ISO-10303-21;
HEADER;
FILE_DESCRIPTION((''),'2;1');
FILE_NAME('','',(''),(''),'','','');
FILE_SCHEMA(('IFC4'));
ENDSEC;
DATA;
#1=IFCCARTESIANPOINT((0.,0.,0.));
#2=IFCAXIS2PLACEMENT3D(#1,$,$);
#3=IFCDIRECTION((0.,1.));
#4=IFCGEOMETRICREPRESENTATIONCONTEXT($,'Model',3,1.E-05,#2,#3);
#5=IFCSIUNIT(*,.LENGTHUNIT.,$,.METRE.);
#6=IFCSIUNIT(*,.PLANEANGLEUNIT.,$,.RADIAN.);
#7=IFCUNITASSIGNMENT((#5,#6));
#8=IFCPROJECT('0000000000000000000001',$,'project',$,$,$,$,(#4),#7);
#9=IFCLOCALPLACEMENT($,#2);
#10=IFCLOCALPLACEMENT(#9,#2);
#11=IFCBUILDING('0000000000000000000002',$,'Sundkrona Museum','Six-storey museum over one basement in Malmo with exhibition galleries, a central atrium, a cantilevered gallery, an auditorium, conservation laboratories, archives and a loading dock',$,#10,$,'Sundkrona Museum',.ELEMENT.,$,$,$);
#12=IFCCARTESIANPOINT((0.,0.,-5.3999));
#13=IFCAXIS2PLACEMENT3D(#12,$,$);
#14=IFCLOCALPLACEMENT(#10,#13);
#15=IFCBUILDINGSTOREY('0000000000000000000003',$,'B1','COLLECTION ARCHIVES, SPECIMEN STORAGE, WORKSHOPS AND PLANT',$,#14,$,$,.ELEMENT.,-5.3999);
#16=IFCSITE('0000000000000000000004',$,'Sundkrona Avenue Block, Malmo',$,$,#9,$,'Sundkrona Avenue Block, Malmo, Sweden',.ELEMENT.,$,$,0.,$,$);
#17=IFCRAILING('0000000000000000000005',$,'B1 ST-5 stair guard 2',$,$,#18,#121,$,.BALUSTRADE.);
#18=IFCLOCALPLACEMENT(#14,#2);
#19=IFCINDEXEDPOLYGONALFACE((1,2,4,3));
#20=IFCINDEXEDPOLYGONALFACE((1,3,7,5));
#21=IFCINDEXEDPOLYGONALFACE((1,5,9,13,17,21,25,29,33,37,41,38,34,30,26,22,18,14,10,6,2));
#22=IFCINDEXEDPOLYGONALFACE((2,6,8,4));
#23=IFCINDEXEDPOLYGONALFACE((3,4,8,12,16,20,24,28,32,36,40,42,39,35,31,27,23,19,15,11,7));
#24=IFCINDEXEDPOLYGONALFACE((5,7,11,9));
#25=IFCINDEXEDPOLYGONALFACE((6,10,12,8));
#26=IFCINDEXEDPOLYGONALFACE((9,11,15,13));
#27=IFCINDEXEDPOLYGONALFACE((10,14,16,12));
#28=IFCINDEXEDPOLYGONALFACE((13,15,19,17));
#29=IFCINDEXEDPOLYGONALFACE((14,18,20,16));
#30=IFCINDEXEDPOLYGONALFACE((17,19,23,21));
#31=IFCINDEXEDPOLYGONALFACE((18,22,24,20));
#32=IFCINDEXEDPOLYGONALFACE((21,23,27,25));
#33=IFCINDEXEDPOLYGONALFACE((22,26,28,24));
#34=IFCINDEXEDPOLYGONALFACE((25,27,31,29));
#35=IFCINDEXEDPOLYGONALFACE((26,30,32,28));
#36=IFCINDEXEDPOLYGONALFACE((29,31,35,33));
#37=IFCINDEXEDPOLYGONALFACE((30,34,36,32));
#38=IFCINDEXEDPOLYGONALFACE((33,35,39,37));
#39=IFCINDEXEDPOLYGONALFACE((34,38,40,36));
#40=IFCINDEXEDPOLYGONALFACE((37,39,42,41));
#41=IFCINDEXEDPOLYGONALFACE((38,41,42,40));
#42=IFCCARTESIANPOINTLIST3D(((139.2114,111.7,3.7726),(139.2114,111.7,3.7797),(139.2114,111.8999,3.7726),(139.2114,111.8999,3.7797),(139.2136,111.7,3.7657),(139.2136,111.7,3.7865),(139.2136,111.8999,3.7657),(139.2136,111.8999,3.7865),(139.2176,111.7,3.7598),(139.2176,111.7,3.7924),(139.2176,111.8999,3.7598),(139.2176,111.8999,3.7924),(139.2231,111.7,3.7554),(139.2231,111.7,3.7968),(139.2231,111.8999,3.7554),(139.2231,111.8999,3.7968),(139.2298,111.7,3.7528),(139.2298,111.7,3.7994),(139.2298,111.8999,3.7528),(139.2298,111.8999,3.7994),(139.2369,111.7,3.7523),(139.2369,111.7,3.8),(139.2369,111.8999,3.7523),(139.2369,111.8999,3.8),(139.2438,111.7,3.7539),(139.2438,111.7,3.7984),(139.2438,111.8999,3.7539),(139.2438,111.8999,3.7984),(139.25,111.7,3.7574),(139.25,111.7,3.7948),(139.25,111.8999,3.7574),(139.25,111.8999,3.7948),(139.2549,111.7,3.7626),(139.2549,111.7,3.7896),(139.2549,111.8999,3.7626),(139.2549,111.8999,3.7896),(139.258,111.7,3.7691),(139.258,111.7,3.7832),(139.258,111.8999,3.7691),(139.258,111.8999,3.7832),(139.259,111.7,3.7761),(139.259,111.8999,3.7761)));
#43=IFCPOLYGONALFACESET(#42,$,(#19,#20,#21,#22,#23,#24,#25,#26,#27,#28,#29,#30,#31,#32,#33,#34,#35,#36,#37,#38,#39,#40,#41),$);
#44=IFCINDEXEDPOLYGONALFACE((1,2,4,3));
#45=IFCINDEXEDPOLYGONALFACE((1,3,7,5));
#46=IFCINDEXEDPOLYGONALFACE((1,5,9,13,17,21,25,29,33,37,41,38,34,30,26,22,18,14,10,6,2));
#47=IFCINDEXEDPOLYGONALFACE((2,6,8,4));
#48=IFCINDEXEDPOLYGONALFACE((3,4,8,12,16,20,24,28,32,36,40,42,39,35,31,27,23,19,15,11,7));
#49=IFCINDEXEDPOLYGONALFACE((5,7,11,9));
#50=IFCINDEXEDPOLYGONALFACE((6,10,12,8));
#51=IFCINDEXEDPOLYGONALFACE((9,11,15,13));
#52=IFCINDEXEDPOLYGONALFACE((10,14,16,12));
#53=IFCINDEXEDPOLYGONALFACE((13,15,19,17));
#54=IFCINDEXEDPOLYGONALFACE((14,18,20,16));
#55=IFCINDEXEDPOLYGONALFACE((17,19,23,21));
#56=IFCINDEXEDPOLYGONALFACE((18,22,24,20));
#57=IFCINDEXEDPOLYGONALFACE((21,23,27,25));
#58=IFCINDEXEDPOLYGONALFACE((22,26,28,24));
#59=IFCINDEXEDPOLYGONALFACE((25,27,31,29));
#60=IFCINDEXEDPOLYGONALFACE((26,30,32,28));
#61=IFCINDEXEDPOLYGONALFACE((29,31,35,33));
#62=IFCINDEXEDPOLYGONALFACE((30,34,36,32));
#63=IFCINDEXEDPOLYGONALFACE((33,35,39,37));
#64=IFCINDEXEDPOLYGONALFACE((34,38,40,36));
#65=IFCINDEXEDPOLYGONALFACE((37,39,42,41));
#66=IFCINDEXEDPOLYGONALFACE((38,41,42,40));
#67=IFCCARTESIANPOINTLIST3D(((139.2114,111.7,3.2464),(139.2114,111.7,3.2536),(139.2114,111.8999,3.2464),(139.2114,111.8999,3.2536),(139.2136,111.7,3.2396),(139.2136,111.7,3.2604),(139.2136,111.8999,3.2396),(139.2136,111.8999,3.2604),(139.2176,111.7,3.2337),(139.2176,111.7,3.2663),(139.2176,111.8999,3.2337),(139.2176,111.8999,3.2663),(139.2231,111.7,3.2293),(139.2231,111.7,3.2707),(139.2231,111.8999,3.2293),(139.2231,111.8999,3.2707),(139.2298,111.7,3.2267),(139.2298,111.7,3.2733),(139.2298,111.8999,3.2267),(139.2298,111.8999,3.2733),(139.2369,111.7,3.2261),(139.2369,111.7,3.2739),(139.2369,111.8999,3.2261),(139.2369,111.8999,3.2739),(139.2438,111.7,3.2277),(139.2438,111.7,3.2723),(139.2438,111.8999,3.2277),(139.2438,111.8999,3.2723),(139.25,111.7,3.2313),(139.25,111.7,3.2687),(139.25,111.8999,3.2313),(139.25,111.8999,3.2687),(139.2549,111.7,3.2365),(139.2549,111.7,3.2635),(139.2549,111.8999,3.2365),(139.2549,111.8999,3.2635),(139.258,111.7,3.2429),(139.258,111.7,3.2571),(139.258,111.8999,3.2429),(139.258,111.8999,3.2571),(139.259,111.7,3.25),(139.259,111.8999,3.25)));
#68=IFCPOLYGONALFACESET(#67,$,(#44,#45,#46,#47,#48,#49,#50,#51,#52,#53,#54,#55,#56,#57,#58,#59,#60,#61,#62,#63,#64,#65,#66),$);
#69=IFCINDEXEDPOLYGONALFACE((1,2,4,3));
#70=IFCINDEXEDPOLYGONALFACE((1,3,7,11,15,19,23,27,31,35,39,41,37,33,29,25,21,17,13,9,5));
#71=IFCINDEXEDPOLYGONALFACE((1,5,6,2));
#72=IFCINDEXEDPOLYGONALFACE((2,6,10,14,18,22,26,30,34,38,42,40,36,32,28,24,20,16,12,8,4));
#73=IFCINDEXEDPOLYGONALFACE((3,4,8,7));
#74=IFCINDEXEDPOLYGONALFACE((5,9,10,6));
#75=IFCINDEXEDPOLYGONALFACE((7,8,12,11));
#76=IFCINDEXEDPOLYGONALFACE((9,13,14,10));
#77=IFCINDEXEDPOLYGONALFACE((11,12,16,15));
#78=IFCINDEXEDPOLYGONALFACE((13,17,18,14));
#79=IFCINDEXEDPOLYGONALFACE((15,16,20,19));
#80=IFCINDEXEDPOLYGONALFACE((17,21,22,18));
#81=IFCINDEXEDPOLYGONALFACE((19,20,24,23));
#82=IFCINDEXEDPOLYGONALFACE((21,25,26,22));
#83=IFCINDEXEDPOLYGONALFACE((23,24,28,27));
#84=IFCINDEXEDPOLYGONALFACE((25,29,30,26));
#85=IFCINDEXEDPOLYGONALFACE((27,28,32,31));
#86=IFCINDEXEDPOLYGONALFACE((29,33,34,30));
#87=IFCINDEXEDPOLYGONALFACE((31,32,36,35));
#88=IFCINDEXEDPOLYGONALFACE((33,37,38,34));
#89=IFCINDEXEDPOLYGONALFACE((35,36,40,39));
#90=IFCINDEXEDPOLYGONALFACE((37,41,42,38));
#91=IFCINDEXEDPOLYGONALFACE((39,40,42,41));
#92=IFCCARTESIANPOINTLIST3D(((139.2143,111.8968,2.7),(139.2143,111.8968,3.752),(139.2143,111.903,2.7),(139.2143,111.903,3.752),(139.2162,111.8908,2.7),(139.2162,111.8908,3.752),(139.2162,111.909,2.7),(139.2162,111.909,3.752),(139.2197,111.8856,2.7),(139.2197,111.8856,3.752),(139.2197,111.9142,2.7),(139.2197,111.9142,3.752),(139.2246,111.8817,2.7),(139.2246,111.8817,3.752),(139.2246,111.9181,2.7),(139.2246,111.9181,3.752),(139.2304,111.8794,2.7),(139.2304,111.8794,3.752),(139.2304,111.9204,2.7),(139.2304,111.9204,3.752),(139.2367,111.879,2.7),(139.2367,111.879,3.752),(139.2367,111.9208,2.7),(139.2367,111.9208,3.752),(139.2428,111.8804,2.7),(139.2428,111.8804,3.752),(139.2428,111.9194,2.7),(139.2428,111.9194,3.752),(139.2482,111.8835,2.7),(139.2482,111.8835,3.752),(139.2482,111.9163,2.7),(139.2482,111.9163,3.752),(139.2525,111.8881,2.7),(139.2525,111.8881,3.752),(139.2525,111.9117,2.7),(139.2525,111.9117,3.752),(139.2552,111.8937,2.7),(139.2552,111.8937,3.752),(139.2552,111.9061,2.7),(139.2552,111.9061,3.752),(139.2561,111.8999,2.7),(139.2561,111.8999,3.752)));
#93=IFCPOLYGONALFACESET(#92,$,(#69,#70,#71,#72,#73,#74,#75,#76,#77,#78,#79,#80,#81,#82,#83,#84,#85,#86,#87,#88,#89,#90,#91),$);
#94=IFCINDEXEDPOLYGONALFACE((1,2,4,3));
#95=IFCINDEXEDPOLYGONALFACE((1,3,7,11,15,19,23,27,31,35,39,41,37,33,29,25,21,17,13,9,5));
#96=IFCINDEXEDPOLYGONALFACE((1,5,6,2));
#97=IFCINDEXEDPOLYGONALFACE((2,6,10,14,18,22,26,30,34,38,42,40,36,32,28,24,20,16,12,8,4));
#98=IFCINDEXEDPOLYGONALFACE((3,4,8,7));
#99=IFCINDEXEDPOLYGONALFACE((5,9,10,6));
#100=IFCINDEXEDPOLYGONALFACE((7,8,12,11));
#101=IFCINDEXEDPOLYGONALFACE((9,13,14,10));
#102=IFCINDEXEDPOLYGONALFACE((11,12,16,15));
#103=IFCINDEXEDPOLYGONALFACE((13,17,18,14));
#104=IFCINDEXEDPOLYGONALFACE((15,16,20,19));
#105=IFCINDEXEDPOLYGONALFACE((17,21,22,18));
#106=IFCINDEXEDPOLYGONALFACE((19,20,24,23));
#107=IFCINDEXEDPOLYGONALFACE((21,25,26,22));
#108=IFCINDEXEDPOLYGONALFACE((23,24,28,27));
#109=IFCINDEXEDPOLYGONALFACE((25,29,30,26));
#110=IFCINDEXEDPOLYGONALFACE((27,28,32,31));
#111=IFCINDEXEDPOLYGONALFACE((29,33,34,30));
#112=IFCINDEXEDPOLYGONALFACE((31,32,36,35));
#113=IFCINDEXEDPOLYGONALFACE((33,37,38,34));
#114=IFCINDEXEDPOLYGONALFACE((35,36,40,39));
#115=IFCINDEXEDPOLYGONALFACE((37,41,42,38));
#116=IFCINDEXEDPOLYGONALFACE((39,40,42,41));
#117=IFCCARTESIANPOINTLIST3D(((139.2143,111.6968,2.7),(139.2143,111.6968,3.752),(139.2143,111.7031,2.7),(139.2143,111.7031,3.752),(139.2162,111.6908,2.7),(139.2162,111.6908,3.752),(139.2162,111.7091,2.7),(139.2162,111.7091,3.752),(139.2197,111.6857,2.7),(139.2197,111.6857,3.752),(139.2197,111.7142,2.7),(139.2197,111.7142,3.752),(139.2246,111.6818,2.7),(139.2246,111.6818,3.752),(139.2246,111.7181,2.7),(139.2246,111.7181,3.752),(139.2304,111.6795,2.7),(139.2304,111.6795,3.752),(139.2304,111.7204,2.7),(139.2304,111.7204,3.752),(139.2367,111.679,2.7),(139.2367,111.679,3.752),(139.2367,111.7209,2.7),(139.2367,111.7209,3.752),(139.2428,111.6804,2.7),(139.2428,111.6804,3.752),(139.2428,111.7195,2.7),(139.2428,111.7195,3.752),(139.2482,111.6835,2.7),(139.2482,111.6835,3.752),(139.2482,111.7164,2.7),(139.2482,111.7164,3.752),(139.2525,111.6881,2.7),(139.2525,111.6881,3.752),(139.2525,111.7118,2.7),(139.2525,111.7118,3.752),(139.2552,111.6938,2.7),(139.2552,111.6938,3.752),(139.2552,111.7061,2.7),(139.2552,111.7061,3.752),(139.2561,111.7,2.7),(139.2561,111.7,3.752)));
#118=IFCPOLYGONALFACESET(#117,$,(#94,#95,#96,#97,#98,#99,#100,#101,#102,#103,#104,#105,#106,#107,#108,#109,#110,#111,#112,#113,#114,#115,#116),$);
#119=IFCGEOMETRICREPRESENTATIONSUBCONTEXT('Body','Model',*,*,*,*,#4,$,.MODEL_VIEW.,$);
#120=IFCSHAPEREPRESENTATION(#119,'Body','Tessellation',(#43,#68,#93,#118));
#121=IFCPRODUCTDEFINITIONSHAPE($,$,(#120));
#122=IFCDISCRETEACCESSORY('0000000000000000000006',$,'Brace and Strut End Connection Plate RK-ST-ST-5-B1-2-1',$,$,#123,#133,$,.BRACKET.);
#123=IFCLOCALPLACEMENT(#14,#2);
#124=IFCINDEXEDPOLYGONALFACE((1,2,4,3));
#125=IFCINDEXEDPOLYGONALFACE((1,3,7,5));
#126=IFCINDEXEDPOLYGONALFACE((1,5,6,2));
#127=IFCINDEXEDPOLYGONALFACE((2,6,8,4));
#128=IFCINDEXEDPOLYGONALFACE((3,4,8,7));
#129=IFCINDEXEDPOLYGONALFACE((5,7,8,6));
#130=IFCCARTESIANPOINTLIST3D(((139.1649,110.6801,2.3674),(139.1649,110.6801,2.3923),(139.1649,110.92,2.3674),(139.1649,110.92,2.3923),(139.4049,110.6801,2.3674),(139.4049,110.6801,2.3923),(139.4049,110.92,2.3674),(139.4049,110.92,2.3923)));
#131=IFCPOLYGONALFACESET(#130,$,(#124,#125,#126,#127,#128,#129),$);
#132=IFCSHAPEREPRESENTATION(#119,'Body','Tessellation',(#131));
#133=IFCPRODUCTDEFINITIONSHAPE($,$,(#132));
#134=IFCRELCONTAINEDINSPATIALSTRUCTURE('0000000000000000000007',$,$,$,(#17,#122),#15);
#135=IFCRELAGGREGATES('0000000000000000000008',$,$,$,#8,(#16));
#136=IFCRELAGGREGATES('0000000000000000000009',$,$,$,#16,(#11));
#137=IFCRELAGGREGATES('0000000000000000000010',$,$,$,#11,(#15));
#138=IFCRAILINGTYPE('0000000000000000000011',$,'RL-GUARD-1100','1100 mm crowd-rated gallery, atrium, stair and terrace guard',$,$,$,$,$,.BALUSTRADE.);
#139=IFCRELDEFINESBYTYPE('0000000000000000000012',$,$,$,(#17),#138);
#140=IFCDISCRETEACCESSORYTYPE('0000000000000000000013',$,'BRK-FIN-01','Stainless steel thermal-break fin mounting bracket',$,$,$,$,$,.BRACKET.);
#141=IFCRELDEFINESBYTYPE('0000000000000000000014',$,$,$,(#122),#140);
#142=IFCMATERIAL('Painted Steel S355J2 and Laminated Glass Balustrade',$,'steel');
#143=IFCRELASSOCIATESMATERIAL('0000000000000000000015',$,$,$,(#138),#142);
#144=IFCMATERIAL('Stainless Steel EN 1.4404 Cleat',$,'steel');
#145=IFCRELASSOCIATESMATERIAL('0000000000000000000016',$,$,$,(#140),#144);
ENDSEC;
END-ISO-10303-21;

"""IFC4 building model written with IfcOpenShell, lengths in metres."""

from ifc_helpers import new_model, si_unit, direction, frame, origin, origin_2d, place, context, subcontext, project, spatial, rectangle, circle, extrude, material, type_object, element, save


model = new_model("IFC4")

# Units and contexts
model_context = context("Model", 3, precision=1e-05, world=origin(), true_north=direction((0.0, 1.0)))
body_context = subcontext(model_context, "Body", "Model", "MODEL_VIEW")
ifc_project = project(units=[si_unit("LENGTHUNIT", "METRE"), si_unit("PLANEANGLEUNIT", "RADIAN")], contexts=[model_context])

# Site, building, storey
site_placement = place(None, origin())
site = spatial("IfcSite", under=ifc_project, at=site_placement, Name="Sundkrona Avenue Block, Malmo", LongName="Sundkrona Avenue Block, Malmo, Sweden", CompositionType="ELEMENT", RefElevation=0.0)
building_placement = place(site_placement, origin())
building = spatial("IfcBuilding", under=site, at=building_placement, Name="Sundkrona Museum", Description="Six-storey museum over one basement in Malmo with exhibition galleries, a central atrium, a cantilevered gallery, an auditorium, conservation laboratories, archives and a loading dock", LongName="Sundkrona Museum", CompositionType="ELEMENT")
storey_placement = place(building_placement, frame((0.0, 0.0, -5.3999)))
storey = spatial("IfcBuildingStorey", under=building, at=storey_placement, Name="B1", Description="COLLECTION ARCHIVES, SPECIMEN STORAGE, WORKSHOPS AND PLANT", CompositionType="ELEMENT", Elevation=-5.3999)

# Railing
ifc_material_1 = material(Name="Painted Steel S355J2 and Laminated Glass Balustrade", Category="steel")
railing_type_1 = type_object("IfcRailingType", Name="RL-GUARD-1100", Description="1100 mm crowd-rated gallery, atrium, stair and terrace guard", PredefinedType="BALUSTRADE", material=ifc_material_1)
railing_1_placement = place(storey_placement, frame((139.2351, 111.8999, 2.7)))
element("IfcRailing", 1, at=railing_1_placement, inside=storey, type_object=railing_type_1, Name="B1 ST-5 stair guard 2", PredefinedType="BALUSTRADE", context=body_context, shape_type="SweptSolid", body=[
    extrude(circle(Radius=0.0239, at=origin_2d()), frame((0.0, 0.0, 1.0762), z_axis=(0.0, -1.0, 0.0), x_axis=(1.0, 0.0, 0.0)), (0.0, 0.0, 1.0), 0.2),
    extrude(circle(Radius=0.0239, at=origin_2d()), frame((0.0, 0.0, 0.55), z_axis=(0.0, -1.0, 0.0), x_axis=(1.0, 0.0, 0.0)), (0.0, 0.0, 1.0), 0.2),
    extrude(circle(Radius=0.021, at=origin_2d()), origin(), (0.0, 0.0, 1.0), 1.052),
    extrude(circle(Radius=0.021, at=origin_2d()), frame((0.0, -0.2, 0.0)), (0.0, 0.0, 1.0), 1.052),
])

# Discrete accessory
ifc_material_2 = material(Name="Stainless Steel EN 1.4404 Cleat", Category="steel")
discrete_accessory_type = type_object("IfcDiscreteAccessoryType", Name="BRK-FIN-01", Description="Stainless steel thermal-break fin mounting bracket", PredefinedType="BRACKET", material=ifc_material_2)
discrete_accessory_placement = place(storey_placement, frame((139.2849, 110.8, 2.3674), z_axis=(0.0, 0.0, 1.0), x_axis=(1.0, 0.0, 0.0)))
element("IfcDiscreteAccessory", 2, at=discrete_accessory_placement, inside=storey, type_object=discrete_accessory_type, Name="Brace and Strut End Connection Plate RK-ST-ST-5-B1-2-1", PredefinedType="BRACKET", context=body_context, shape_type="SweptSolid", body=[
    extrude(rectangle(XDim=0.24, YDim=0.24, at=origin_2d()), origin(), (0.0, 0.0, 1.0), 0.0249),
])

save(model, "model.ifc")
